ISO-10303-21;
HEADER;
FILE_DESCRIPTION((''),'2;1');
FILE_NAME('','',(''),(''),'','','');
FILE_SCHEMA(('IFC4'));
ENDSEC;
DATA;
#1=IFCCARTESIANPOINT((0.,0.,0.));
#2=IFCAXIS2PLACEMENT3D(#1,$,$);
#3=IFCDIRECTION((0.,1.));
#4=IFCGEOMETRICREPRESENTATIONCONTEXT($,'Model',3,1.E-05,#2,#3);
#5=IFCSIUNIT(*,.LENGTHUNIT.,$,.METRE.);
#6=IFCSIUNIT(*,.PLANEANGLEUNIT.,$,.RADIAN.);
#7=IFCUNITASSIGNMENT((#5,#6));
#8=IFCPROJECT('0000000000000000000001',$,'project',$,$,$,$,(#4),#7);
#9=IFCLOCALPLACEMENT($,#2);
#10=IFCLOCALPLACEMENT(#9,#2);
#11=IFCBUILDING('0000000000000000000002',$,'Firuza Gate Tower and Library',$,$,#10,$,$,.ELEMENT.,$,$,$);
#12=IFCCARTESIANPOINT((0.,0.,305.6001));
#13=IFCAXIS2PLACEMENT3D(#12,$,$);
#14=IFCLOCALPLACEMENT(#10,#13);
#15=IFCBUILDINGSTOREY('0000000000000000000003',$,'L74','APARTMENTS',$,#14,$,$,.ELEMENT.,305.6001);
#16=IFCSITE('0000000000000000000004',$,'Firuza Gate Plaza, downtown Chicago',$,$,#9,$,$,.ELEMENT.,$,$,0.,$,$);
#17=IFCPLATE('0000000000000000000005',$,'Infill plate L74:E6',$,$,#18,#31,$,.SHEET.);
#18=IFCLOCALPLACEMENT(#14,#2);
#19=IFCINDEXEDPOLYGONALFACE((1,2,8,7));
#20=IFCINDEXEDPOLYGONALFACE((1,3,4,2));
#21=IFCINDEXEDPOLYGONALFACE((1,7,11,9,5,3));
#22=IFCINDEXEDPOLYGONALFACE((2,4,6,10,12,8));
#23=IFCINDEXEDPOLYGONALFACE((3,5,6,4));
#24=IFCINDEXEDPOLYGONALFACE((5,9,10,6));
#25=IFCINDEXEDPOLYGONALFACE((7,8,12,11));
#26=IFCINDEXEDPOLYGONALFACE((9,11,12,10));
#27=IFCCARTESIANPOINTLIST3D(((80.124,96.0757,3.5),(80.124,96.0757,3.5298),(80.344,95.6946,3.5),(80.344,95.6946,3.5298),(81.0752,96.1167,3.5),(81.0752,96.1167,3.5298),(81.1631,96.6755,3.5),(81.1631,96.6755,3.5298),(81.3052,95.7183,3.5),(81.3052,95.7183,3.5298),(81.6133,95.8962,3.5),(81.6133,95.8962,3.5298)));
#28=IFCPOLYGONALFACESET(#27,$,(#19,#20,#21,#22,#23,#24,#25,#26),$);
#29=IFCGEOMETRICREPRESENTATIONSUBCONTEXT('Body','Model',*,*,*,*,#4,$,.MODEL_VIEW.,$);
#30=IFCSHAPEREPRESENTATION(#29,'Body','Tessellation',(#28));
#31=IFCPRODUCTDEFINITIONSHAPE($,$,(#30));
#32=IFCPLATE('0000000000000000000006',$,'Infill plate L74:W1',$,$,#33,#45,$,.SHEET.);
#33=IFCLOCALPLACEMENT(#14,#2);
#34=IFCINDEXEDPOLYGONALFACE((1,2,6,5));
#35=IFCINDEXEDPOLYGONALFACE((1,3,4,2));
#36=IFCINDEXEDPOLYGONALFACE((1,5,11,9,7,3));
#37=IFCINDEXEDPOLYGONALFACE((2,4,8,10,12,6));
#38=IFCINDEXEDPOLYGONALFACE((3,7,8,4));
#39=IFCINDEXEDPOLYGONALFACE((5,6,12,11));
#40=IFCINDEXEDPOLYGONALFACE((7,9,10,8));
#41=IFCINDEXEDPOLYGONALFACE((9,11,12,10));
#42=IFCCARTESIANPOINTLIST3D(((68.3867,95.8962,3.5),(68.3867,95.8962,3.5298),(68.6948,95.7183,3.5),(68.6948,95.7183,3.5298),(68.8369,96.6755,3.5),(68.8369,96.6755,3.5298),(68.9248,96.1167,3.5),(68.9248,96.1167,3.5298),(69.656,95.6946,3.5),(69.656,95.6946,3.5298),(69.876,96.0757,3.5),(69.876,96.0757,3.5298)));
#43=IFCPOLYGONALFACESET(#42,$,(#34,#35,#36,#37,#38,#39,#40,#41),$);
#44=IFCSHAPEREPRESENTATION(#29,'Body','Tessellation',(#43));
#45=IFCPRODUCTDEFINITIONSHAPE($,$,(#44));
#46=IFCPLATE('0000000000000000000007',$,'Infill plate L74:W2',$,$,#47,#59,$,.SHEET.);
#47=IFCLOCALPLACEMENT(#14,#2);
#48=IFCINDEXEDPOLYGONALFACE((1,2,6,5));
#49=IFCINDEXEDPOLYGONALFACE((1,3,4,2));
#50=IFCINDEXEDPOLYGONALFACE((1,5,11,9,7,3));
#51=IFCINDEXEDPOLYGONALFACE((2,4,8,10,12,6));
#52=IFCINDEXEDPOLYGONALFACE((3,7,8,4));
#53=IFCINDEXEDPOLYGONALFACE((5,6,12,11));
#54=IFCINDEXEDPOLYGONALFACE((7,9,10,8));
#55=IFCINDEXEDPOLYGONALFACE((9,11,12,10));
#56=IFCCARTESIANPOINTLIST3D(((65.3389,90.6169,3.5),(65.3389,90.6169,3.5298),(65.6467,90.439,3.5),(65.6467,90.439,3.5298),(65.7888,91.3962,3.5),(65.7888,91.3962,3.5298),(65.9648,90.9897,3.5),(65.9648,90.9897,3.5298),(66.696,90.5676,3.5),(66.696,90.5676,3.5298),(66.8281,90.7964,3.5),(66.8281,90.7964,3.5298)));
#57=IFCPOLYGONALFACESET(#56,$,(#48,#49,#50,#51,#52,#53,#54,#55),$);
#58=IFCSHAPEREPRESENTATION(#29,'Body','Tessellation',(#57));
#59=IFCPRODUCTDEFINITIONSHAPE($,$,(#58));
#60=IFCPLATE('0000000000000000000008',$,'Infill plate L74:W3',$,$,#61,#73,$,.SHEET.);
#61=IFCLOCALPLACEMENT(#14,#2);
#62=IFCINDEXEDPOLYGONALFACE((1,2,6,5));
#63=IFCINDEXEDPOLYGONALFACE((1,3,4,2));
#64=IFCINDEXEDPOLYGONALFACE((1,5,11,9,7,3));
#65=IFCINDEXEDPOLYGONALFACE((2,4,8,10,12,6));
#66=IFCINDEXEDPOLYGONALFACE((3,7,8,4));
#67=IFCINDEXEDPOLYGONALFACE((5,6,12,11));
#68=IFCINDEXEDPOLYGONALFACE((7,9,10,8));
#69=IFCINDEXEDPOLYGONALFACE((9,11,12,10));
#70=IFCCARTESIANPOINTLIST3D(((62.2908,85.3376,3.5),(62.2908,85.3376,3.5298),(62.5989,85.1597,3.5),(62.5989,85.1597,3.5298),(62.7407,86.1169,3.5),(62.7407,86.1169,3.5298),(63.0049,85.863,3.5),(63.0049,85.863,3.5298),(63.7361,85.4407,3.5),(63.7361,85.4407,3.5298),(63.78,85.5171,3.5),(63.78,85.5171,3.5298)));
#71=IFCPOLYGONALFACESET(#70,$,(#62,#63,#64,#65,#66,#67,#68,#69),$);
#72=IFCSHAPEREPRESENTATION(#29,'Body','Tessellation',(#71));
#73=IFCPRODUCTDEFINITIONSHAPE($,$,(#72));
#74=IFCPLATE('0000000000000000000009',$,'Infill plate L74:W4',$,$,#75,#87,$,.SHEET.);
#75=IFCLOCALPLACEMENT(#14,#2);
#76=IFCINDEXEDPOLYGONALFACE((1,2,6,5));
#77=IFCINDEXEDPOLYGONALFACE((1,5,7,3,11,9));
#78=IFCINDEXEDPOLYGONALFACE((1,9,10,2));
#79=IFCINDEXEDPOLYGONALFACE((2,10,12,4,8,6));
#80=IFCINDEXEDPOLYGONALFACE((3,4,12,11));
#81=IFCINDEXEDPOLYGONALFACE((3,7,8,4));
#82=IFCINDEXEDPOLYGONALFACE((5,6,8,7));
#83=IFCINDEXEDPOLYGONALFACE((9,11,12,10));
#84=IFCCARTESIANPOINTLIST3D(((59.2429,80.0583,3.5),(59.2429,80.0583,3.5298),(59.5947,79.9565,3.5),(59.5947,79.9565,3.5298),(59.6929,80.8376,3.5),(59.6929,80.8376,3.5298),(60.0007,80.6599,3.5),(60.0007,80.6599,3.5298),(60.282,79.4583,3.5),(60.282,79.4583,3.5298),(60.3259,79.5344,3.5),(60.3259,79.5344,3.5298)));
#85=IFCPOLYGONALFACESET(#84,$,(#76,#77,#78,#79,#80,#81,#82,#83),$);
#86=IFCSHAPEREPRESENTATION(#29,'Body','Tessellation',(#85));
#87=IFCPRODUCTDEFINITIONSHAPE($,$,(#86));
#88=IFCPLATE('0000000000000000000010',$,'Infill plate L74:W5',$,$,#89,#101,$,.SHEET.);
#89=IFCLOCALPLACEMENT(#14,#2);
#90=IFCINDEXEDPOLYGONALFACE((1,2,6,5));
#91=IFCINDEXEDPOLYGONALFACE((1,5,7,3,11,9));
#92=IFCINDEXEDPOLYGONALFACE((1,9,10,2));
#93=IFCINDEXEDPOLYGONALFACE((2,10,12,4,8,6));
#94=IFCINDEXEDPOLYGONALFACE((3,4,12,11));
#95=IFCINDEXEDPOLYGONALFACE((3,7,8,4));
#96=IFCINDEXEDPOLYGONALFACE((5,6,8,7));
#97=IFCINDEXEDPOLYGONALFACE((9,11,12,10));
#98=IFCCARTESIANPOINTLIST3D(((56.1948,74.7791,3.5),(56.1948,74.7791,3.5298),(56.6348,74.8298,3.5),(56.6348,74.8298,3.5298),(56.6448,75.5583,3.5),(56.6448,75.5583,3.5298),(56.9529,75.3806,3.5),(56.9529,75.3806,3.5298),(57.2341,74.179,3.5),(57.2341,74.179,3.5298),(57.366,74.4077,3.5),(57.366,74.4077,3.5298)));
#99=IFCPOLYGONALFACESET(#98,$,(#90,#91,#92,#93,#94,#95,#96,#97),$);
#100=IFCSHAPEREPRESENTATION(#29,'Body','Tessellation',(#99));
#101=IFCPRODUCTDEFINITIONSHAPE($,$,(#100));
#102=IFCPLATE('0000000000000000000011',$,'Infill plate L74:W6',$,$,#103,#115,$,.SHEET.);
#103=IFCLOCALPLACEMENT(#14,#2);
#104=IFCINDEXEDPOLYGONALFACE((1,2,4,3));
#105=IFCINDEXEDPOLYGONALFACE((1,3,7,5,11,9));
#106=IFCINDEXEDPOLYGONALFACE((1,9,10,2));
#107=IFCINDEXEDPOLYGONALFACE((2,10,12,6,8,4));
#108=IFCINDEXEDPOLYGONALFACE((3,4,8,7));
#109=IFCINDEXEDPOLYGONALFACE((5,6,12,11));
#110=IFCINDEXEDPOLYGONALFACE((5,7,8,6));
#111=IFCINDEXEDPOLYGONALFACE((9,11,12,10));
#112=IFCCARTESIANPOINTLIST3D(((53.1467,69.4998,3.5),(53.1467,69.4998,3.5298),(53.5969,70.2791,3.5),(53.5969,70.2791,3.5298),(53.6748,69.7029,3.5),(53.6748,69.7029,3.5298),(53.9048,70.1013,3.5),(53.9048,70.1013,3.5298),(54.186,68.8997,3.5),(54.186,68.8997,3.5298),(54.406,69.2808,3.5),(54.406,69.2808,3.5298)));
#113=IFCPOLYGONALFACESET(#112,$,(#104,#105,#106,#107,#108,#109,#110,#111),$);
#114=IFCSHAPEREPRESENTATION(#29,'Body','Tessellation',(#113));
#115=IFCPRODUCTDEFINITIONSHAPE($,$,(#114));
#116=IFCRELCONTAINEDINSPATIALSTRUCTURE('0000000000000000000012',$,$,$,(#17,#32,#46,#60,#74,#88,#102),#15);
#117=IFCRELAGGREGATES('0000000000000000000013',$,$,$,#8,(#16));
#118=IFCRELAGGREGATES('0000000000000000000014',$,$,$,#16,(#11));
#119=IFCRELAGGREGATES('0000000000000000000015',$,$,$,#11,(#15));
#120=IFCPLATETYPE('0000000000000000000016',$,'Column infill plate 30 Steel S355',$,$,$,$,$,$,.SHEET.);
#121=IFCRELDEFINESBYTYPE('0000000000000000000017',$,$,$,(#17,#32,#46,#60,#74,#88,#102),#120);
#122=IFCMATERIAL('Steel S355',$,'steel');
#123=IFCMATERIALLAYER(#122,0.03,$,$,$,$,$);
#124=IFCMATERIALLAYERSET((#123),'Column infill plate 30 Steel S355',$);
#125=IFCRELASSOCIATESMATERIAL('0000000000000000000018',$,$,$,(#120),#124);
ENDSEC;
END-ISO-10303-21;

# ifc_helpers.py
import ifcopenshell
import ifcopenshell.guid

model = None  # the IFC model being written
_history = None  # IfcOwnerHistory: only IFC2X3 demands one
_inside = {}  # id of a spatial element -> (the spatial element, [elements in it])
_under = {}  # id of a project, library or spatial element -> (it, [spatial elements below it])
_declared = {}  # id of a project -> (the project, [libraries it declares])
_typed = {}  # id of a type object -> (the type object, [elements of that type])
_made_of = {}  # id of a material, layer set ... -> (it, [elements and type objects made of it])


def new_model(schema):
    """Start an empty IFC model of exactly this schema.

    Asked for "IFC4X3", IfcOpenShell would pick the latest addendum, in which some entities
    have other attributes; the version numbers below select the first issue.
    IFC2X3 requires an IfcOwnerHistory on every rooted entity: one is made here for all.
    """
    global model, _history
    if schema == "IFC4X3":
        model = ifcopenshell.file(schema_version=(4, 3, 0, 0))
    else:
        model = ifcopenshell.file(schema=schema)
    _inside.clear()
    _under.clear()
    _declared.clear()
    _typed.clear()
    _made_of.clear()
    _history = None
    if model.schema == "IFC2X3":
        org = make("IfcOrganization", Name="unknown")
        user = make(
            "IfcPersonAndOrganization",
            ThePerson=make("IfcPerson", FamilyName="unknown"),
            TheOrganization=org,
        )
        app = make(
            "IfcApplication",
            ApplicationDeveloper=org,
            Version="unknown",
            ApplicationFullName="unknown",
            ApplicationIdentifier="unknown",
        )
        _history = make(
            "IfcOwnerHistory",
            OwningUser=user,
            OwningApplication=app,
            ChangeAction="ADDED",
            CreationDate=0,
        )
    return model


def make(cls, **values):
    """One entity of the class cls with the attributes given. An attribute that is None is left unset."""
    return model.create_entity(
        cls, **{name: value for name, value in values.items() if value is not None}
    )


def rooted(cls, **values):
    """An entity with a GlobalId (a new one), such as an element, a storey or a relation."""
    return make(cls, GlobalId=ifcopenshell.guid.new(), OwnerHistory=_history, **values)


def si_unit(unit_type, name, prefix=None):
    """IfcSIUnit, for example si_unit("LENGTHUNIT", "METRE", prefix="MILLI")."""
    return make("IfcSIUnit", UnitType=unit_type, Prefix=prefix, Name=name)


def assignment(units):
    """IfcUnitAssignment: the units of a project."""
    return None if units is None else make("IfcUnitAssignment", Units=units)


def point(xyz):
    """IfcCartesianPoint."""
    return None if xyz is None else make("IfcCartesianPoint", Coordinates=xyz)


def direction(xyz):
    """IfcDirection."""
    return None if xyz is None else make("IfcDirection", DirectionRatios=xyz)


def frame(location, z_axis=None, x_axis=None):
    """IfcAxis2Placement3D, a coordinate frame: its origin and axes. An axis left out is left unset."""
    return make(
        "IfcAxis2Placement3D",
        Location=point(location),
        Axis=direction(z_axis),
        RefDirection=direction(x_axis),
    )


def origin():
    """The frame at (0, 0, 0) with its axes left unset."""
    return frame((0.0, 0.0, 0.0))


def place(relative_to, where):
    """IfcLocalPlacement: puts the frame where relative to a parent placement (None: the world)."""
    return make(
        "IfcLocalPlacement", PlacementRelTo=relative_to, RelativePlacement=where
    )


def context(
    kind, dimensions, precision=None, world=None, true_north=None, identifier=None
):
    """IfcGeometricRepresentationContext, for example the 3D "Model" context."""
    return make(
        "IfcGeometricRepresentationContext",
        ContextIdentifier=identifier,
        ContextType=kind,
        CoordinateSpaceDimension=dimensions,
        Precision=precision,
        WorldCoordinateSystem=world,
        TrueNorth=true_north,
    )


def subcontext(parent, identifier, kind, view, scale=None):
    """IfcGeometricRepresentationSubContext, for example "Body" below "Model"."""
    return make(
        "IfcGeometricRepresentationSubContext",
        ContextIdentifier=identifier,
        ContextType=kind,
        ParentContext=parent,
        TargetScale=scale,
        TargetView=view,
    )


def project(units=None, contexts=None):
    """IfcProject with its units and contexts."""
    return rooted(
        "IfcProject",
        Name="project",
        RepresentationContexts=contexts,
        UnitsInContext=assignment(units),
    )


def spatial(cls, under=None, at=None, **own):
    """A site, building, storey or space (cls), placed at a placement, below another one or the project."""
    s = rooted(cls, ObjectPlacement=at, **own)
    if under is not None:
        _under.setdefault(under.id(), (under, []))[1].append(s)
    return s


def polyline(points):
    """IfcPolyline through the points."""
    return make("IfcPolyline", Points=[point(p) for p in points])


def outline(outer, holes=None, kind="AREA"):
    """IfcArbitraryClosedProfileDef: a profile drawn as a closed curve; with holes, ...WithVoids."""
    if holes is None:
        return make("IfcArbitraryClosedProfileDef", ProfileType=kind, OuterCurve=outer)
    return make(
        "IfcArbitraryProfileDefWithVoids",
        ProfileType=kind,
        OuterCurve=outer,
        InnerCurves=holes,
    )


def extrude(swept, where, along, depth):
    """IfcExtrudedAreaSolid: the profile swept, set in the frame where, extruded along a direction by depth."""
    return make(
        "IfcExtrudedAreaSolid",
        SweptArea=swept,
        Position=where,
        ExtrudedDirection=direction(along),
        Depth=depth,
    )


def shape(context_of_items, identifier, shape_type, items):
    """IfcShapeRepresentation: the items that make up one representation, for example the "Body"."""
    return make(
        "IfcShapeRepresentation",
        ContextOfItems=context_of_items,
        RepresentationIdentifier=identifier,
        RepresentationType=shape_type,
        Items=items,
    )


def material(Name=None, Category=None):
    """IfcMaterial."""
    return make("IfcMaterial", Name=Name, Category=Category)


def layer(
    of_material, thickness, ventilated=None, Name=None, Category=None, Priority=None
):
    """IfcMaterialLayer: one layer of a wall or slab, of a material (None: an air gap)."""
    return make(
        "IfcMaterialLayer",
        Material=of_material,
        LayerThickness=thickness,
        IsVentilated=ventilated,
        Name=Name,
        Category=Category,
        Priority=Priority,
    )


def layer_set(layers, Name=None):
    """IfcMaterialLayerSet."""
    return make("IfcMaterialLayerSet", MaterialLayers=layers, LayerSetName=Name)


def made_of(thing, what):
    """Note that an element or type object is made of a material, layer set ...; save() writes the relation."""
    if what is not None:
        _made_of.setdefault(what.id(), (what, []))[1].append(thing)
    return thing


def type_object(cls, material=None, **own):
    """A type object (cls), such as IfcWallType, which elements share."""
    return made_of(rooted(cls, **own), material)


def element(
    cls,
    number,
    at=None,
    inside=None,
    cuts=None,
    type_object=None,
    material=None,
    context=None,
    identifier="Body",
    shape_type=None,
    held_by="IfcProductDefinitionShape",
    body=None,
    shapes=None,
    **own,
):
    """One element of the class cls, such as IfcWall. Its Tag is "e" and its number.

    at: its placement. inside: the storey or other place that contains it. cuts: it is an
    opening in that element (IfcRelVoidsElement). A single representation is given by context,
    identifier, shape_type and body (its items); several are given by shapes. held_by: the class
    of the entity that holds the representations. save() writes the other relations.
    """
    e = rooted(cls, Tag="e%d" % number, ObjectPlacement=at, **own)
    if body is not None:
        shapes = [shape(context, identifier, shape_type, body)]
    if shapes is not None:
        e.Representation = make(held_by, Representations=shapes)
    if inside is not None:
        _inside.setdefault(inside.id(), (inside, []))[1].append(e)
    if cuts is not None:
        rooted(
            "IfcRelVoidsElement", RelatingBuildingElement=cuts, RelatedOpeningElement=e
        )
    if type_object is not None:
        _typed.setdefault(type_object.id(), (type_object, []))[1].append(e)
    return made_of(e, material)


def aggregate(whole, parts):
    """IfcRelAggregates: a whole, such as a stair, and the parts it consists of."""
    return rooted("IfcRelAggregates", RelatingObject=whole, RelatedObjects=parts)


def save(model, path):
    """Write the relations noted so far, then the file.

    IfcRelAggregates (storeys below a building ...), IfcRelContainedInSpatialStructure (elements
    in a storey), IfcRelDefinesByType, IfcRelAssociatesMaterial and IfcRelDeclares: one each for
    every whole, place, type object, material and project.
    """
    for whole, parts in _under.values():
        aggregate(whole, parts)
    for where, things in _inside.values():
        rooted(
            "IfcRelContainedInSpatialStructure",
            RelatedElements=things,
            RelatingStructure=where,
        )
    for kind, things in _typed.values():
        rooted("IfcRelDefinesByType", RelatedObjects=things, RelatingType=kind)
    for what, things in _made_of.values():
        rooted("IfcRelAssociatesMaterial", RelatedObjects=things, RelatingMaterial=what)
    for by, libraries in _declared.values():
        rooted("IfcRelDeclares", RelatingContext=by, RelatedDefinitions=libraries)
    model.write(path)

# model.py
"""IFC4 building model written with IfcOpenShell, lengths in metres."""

from ifc_helpers import new_model, si_unit, direction, frame, origin, place, context, subcontext, project, spatial, polyline, outline, extrude, material, layer, layer_set, type_object, element, save


model = new_model("IFC4")

# Units and contexts
model_context = context("Model", 3, precision=1e-05, world=origin(), true_north=direction((0.0, 1.0)))
body_context = subcontext(model_context, "Body", "Model", "MODEL_VIEW")
ifc_project = project(units=[si_unit("LENGTHUNIT", "METRE"), si_unit("PLANEANGLEUNIT", "RADIAN")], contexts=[model_context])

# Site, building, storey
site_placement = place(None, origin())
site = spatial("IfcSite", under=ifc_project, at=site_placement, Name="Firuza Gate Plaza, downtown Chicago", CompositionType="ELEMENT", RefElevation=0.0)
building_placement = place(site_placement, origin())
building = spatial("IfcBuilding", under=site, at=building_placement, Name="Firuza Gate Tower and Library", CompositionType="ELEMENT")
storey_placement = place(building_placement, frame((0.0, 0.0, 305.6001)))
storey = spatial("IfcBuildingStorey", under=building, at=storey_placement, Name="L74", Description="APARTMENTS", CompositionType="ELEMENT", Elevation=305.6001)

# Plates
ifc_material_1 = material(Name="Steel S355", Category="steel")
ifc_layer_1 = layer(ifc_material_1, 0.03)
ifc_layer_set_1 = layer_set([ifc_layer_1], Name="Column infill plate 30 Steel S355")
plate_type_1 = type_object("IfcPlateType", Name="Column infill plate 30 Steel S355", PredefinedType="SHEET", material=ifc_layer_set_1)
placement_1 = place(storey_placement, frame((0.0, 0.0, 3.5)))
element("IfcPlate", 1, at=placement_1, inside=storey, type_object=plate_type_1, Name="Infill plate L74:E6", PredefinedType="SHEET", context=body_context, shape_type="SweptSolid", body=[
    extrude(outline(polyline([(80.124, 96.0757), (80.344, 95.6946), (81.0752, 96.1167), (81.3052, 95.7183), (81.6133, 95.8962), (81.1631, 96.6755), (80.124, 96.0757)])), origin(), (0.0, 0.0, 1.0), 0.0298),
])
element("IfcPlate", 2, at=placement_1, inside=storey, type_object=plate_type_1, Name="Infill plate L74:W1", PredefinedType="SHEET", context=body_context, shape_type="SweptSolid", body=[
    extrude(outline(polyline([(68.3867, 95.8962), (68.6948, 95.7183), (68.9248, 96.1167), (69.656, 95.6946), (69.876, 96.0757), (68.8369, 96.6755), (68.3867, 95.8962)])), origin(), (0.0, 0.0, 1.0), 0.0298),
])
element("IfcPlate", 3, at=placement_1, inside=storey, type_object=plate_type_1, Name="Infill plate L74:W2", PredefinedType="SHEET", context=body_context, shape_type="SweptSolid", body=[
    extrude(outline(polyline([(65.3389, 90.6169), (65.6467, 90.439), (65.9648, 90.9897), (66.696, 90.5676), (66.8281, 90.7964), (65.7888, 91.3962), (65.3389, 90.6169)])), origin(), (0.0, 0.0, 1.0), 0.0298),
])
element("IfcPlate", 4, at=placement_1, inside=storey, type_object=plate_type_1, Name="Infill plate L74:W3", PredefinedType="SHEET", context=body_context, shape_type="SweptSolid", body=[
    extrude(outline(polyline([(62.2908, 85.3376), (62.5989, 85.1597), (63.0049, 85.863), (63.7361, 85.4407), (63.78, 85.5171), (62.7407, 86.1169), (62.2908, 85.3376)])), origin(), (0.0, 0.0, 1.0), 0.0298),
])
element("IfcPlate", 5, at=placement_1, inside=storey, type_object=plate_type_1, Name="Infill plate L74:W4", PredefinedType="SHEET", context=body_context, shape_type="SweptSolid", body=[
    extrude(outline(polyline([(60.282, 79.4583), (60.3259, 79.5344), (59.5947, 79.9565), (60.0007, 80.6599), (59.6929, 80.8376), (59.2429, 80.0583), (60.282, 79.4583)])), origin(), (0.0, 0.0, 1.0), 0.0298),
])
element("IfcPlate", 6, at=placement_1, inside=storey, type_object=plate_type_1, Name="Infill plate L74:W5", PredefinedType="SHEET", context=body_context, shape_type="SweptSolid", body=[
    extrude(outline(polyline([(57.2341, 74.179), (57.366, 74.4077), (56.6348, 74.8298), (56.9529, 75.3806), (56.6448, 75.5583), (56.1948, 74.7791), (57.2341, 74.179)])), origin(), (0.0, 0.0, 1.0), 0.0298),
])
element("IfcPlate", 7, at=placement_1, inside=storey, type_object=plate_type_1, Name="Infill plate L74:W6", PredefinedType="SHEET", context=body_context, shape_type="SweptSolid", body=[
    extrude(outline(polyline([(54.186, 68.8997), (54.406, 69.2808), (53.6748, 69.7029), (53.9048, 70.1013), (53.5969, 70.2791), (53.1467, 69.4998), (54.186, 68.8997)])), origin(), (0.0, 0.0, 1.0), 0.0298),
])

save(model, "model.ifc")
